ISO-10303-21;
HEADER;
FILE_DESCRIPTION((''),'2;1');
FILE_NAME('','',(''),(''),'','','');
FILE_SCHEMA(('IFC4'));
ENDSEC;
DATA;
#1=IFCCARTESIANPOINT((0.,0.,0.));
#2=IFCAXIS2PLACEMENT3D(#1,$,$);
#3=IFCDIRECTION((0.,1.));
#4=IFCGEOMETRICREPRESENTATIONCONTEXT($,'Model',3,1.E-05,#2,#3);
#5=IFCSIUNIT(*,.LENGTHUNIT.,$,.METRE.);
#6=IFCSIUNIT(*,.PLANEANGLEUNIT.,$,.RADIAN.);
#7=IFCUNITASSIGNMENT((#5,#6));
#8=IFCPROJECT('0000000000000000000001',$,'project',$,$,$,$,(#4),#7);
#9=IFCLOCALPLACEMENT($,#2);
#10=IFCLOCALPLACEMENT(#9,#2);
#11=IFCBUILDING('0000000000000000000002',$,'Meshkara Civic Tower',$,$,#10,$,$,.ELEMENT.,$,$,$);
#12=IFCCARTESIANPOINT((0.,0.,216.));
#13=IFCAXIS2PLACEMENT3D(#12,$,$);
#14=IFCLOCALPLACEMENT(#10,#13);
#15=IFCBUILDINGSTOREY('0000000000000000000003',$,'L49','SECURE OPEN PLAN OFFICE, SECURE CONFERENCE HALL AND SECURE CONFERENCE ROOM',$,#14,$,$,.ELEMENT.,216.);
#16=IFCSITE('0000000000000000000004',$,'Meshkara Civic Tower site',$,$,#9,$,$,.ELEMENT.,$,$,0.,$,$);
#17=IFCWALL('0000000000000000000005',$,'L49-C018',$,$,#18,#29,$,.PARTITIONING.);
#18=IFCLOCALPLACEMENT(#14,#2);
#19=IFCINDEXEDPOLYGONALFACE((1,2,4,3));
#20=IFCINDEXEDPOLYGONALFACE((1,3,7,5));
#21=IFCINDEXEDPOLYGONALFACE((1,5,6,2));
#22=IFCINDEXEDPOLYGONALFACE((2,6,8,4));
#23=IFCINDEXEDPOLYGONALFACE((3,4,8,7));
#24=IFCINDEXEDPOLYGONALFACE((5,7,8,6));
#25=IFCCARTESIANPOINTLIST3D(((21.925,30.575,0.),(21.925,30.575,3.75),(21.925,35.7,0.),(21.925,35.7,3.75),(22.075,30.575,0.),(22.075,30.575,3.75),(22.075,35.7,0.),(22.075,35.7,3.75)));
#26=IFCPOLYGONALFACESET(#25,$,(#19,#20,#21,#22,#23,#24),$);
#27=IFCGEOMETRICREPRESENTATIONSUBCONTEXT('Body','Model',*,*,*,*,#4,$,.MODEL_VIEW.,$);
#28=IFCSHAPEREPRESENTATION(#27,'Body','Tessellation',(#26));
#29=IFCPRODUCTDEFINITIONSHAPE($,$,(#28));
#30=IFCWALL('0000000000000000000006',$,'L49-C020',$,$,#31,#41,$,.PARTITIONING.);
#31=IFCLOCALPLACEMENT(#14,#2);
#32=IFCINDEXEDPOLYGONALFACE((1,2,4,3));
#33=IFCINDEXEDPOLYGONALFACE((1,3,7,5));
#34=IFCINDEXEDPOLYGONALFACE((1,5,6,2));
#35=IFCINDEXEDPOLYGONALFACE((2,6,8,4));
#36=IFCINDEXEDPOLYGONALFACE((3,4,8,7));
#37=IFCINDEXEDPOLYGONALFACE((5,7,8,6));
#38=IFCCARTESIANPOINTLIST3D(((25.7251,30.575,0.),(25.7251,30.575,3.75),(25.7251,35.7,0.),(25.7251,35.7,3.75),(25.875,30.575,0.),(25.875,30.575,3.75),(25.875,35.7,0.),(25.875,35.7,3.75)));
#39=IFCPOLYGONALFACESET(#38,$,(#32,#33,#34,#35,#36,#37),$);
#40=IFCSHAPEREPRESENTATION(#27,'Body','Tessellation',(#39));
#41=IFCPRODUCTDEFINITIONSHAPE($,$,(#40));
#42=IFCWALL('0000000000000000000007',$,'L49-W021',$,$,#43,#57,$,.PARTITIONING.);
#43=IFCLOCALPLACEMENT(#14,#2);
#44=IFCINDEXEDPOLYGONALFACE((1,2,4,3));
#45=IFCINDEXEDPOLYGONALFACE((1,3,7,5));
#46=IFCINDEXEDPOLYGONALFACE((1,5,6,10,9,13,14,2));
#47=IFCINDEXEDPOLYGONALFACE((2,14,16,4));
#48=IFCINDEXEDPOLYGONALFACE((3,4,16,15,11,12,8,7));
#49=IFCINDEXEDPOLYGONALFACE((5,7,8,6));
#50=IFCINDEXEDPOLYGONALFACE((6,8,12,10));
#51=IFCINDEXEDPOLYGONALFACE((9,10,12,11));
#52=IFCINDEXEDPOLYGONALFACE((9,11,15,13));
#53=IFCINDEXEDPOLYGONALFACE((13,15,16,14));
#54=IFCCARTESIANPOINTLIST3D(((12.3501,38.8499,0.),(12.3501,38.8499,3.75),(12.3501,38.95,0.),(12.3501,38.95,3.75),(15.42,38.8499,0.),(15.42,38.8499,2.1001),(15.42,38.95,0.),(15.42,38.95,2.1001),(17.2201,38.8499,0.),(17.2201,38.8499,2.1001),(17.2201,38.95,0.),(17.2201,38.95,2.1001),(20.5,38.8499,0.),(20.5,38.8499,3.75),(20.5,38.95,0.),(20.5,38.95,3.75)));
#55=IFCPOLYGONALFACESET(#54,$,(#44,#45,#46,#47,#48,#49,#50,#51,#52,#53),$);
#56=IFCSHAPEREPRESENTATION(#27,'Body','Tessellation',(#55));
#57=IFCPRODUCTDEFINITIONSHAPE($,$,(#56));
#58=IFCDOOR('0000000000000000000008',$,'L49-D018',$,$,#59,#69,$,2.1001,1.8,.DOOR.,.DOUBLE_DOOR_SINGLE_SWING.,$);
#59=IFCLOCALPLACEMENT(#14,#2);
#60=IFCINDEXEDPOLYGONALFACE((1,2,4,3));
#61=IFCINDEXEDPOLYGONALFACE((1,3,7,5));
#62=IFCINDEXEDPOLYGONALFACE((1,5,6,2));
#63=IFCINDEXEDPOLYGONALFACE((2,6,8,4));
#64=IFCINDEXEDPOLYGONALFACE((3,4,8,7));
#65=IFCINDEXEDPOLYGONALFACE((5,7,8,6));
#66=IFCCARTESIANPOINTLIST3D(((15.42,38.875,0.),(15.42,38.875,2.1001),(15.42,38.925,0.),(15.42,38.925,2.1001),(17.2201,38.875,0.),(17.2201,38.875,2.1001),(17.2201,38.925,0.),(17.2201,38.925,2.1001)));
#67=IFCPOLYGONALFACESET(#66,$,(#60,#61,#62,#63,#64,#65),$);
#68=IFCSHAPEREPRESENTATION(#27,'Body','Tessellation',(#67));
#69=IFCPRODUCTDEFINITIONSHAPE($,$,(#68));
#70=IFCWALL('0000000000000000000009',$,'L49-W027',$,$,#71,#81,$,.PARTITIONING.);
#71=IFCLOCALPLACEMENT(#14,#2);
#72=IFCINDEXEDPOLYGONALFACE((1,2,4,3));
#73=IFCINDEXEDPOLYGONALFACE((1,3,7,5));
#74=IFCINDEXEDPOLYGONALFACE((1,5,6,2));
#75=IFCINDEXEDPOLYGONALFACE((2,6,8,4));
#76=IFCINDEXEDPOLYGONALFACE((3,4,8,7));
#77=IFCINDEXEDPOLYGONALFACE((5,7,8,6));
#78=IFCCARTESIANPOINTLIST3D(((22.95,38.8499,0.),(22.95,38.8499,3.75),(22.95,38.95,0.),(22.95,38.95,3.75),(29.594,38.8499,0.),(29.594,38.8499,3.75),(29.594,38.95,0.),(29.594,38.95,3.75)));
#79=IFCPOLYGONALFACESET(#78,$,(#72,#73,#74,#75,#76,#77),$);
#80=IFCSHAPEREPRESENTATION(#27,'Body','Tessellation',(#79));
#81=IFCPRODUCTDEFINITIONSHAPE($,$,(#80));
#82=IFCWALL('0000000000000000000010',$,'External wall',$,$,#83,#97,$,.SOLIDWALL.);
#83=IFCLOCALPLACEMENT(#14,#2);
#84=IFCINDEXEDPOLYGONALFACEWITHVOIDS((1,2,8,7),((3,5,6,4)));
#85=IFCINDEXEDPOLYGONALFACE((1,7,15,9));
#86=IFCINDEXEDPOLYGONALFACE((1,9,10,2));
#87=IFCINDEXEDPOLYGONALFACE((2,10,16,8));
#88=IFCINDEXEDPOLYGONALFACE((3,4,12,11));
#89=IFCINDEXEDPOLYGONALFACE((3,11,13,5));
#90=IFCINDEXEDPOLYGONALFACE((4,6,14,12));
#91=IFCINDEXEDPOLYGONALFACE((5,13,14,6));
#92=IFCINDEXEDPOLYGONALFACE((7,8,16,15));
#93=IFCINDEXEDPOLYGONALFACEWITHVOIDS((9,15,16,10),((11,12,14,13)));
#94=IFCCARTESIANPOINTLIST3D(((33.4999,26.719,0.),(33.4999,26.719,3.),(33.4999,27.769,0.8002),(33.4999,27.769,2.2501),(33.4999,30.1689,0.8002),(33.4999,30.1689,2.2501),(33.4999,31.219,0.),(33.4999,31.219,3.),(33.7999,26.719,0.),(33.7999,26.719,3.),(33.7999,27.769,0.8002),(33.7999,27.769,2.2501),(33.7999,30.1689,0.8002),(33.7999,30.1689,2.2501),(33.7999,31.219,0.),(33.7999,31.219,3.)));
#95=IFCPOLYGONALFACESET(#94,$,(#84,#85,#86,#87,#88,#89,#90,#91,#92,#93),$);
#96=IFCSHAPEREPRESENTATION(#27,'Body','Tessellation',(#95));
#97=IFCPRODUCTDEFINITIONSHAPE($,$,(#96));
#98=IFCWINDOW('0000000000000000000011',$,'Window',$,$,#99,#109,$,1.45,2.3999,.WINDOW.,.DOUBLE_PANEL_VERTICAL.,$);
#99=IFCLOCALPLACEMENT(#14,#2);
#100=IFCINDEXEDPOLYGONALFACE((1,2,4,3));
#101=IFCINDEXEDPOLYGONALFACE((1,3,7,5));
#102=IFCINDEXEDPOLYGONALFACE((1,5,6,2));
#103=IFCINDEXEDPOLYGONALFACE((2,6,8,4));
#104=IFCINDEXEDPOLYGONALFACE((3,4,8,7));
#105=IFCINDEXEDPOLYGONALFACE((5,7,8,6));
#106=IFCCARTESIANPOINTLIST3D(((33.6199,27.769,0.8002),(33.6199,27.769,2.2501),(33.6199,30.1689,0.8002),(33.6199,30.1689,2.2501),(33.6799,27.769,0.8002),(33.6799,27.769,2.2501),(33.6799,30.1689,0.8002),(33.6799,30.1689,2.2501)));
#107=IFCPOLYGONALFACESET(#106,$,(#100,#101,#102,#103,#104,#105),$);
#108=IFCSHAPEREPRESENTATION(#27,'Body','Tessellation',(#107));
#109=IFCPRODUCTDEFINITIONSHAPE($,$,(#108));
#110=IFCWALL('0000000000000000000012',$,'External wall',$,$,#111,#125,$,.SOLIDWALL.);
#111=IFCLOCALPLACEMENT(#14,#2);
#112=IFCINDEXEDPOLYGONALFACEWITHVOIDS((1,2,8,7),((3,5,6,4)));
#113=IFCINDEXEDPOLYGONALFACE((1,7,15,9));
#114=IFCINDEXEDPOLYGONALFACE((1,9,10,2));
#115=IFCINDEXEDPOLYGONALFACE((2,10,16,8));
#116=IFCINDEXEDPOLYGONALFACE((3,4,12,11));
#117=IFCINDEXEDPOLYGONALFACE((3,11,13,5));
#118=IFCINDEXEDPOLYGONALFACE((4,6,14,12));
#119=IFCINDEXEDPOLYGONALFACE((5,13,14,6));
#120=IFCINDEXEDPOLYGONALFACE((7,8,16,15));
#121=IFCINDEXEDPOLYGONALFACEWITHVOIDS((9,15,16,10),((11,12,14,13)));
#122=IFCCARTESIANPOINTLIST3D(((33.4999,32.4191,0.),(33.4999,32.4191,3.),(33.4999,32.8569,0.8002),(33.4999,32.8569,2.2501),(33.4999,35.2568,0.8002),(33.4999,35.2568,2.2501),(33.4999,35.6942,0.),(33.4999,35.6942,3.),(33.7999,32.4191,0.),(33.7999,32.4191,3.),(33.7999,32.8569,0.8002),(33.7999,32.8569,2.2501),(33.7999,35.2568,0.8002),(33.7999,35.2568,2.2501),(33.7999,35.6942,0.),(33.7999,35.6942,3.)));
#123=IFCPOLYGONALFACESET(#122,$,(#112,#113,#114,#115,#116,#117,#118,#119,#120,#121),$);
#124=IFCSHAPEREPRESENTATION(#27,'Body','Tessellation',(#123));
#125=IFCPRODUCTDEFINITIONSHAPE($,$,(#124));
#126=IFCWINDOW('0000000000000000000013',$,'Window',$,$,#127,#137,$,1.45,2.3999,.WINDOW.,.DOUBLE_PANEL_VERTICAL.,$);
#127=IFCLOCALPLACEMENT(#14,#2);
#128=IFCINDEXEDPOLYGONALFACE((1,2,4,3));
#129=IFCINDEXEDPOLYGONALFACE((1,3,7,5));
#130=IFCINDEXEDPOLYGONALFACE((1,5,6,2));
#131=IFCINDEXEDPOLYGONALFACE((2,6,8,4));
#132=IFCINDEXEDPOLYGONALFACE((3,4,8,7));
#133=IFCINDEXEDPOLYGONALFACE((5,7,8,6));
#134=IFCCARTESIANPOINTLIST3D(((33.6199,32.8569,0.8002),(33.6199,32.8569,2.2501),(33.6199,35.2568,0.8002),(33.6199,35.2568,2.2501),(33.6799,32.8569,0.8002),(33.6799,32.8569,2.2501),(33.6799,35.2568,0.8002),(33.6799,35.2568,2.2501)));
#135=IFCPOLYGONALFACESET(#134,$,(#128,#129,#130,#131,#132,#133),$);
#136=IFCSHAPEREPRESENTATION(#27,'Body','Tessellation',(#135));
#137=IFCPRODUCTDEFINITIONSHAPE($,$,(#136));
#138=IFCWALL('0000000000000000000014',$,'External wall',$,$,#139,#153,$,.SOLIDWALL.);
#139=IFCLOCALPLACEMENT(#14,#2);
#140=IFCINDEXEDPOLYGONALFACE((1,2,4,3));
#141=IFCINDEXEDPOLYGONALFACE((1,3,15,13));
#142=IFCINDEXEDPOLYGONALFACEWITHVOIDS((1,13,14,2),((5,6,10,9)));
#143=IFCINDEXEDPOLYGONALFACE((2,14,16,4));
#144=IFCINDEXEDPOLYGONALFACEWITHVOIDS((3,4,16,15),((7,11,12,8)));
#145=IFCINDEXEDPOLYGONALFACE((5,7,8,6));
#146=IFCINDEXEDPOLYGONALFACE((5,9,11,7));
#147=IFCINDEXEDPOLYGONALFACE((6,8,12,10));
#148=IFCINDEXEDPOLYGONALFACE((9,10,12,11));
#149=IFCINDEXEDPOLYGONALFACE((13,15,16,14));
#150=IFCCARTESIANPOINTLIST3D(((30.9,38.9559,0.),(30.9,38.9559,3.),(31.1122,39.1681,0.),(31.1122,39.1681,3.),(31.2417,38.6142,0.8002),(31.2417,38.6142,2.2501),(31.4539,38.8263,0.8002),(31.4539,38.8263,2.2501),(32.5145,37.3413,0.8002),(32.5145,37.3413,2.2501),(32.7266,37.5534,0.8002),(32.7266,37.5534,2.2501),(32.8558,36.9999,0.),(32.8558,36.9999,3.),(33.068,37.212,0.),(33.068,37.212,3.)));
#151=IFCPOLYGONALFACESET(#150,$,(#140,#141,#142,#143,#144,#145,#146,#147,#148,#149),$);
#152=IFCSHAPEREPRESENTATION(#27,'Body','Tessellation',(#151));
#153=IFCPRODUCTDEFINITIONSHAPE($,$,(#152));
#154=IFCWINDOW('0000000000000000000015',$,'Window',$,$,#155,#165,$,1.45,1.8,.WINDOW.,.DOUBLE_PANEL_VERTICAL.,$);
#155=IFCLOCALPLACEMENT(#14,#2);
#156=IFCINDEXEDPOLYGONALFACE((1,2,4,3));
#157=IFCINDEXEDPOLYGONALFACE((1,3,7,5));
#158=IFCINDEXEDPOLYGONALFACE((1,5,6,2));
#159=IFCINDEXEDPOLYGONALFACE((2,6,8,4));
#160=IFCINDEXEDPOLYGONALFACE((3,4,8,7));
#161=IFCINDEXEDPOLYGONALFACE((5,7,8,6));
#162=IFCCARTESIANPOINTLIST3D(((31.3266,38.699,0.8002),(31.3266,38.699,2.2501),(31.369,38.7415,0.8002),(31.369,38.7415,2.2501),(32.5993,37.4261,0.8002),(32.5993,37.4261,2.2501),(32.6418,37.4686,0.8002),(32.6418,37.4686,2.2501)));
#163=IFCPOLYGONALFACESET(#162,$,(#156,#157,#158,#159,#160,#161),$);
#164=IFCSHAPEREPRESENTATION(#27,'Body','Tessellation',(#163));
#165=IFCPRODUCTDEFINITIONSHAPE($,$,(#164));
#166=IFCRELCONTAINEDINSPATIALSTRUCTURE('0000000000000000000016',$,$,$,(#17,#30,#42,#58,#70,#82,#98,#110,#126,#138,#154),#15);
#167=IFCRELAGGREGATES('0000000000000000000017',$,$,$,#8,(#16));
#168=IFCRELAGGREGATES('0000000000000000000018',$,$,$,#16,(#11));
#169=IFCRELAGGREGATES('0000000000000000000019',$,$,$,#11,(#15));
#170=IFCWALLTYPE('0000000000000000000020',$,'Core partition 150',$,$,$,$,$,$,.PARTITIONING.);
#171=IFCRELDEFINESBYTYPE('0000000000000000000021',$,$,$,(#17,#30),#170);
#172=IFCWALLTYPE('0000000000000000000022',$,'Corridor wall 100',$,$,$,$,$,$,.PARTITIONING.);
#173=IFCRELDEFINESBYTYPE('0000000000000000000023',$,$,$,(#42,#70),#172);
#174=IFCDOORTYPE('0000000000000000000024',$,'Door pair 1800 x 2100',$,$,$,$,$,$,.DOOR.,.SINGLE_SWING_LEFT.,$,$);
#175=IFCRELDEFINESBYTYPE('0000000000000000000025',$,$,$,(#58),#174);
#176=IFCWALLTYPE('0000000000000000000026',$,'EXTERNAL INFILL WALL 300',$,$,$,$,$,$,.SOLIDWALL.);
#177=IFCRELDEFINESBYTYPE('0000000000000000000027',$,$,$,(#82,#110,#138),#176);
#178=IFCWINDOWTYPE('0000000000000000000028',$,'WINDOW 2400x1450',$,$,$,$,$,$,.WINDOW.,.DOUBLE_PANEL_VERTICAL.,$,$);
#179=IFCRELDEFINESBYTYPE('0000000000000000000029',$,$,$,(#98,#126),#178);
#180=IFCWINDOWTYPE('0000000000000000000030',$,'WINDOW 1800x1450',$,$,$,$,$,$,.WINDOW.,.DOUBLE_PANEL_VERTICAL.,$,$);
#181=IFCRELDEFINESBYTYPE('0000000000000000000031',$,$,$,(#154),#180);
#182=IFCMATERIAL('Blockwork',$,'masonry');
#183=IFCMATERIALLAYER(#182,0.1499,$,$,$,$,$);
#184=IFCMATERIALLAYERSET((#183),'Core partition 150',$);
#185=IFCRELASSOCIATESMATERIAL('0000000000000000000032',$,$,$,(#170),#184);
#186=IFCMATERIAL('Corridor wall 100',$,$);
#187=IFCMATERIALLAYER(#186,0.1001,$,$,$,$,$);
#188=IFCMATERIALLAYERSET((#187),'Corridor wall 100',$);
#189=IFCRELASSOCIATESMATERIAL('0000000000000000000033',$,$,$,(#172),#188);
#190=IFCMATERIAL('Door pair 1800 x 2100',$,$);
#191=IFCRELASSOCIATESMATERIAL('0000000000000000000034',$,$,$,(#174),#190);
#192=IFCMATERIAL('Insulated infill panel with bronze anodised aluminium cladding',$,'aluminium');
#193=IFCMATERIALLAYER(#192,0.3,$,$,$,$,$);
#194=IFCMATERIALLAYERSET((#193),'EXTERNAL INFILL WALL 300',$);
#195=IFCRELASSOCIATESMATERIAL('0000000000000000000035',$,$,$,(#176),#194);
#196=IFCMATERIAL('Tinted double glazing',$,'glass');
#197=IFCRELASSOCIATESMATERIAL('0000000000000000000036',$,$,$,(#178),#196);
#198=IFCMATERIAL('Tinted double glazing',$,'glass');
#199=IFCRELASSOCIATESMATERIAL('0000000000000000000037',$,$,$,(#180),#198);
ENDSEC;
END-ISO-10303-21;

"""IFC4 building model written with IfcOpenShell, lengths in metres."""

from ifc_helpers import new_model, si_unit, direction, frame, frame_2d, origin, place, context, subcontext, project, spatial, rectangle, extrude, material, layer, layer_set, type_object, element, fill, save


model = new_model("IFC4")

# Units and contexts
model_context = context("Model", 3, precision=1e-05, world=origin(), true_north=direction((0.0, 1.0)))
body_context = subcontext(model_context, "Body", "Model", "MODEL_VIEW")
ifc_project = project(units=[si_unit("LENGTHUNIT", "METRE"), si_unit("PLANEANGLEUNIT", "RADIAN")], contexts=[model_context])

# Site, building, storey
site_placement = place(None, origin())
site = spatial("IfcSite", under=ifc_project, at=site_placement, Name="Meshkara Civic Tower site", CompositionType="ELEMENT", RefElevation=0.0)
building_placement = place(site_placement, origin())
building = spatial("IfcBuilding", under=site, at=building_placement, Name="Meshkara Civic Tower", CompositionType="ELEMENT")
storey_placement = place(building_placement, frame((0.0, 0.0, 216.0)))
storey = spatial("IfcBuildingStorey", under=building, at=storey_placement, Name="L49", Description="SECURE OPEN PLAN OFFICE, SECURE CONFERENCE HALL AND SECURE CONFERENCE ROOM", CompositionType="ELEMENT", Elevation=216.0)

# Shared definitions
ifc_material_1 = material(Name="Blockwork", Category="masonry")
ifc_layer_1 = layer(ifc_material_1, 0.1499)
ifc_layer_set_1 = layer_set([ifc_layer_1], Name="Core partition 150")
wall_type_1 = type_object("IfcWallType", Name="Core partition 150", PredefinedType="PARTITIONING", material=ifc_layer_set_1)

# Walls
for number, where, z_axis, x_axis, name in (
    (1, (22.0, 30.575, 0.0), (0.0, 0.0, 1.0), (0.0, 1.0, 0.0), "L49-C018"),
    (2, (25.8, 30.575, 0.0), (0.0, 0.0, 1.0), (0.0, 1.0, 0.0), "L49-C020"),
):
    element("IfcWall", number, at=place(storey_placement, frame(where, z_axis=z_axis, x_axis=x_axis)), inside=storey, type_object=wall_type_1, Name=name, PredefinedType="PARTITIONING", context=body_context, shape_type="SweptSolid", body=[
        extrude(rectangle(XDim=5.125, YDim=0.1499, at=frame_2d((2.5625, 0.0))), origin(), (0.0, 0.0, 1.0), 3.75),
    ])

# Wall, opening, door
ifc_material_2 = material(Name="Corridor wall 100")
ifc_layer_2 = layer(ifc_material_2, 0.1001)
ifc_layer_set_2 = layer_set([ifc_layer_2], Name="Corridor wall 100")
wall_type_2 = type_object("IfcWallType", Name="Corridor wall 100", PredefinedType="PARTITIONING", material=ifc_layer_set_2)
wall_1_placement = place(storey_placement, frame((20.5, 38.8999, 0.0), z_axis=(0.0, 0.0, 1.0), x_axis=(-1.0, 0.0, 0.0)))
wall_1 = element("IfcWall", 3, at=wall_1_placement, inside=storey, type_object=wall_type_2, Name="L49-W021", PredefinedType="PARTITIONING", context=body_context, shape_type="SweptSolid", body=[
    extrude(rectangle(XDim=8.1499, YDim=0.1001, at=frame_2d((4.075, 0.0))), origin(), (0.0, 0.0, 1.0), 3.75),
])
opening_1_placement = place(wall_1_placement, frame((3.28, 0.0, 0.0)))
opening_1 = element("IfcOpeningElement", 4, at=opening_1_placement, cuts=wall_1, PredefinedType="OPENING", context=body_context, shape_type="SweptSolid", body=[
    extrude(rectangle(XDim=1.8, YDim=2.1001, at=frame_2d((0.8999, 1.05))), frame((0.0, 0.0601, 0.0), z_axis=(0.0, -1.0, 0.0), x_axis=(1.0, 0.0, 0.0)), (0.0, 0.0, 1.0), 0.1201),
])
ifc_material_3 = material(Name="Door pair 1800 x 2100")
door_type_1 = type_object("IfcDoorType", Name="Door pair 1800 x 2100", OperationType="SINGLE_SWING_LEFT", PredefinedType="DOOR", material=ifc_material_3)
door_1_placement = place(opening_1_placement, origin())
door_1 = element("IfcDoor", 5, at=door_1_placement, inside=storey, type_object=door_type_1, Name="L49-D018", OperationType="DOUBLE_DOOR_SINGLE_SWING", OverallHeight=2.1001, OverallWidth=1.8, PredefinedType="DOOR", context=body_context, shape_type="SweptSolid", body=[
    extrude(rectangle(XDim=1.8, YDim=2.1001, at=frame_2d((0.8999, 1.05))), frame((0.0, 0.0249, 0.0), z_axis=(0.0, -1.0, 0.0), x_axis=(1.0, 0.0, 0.0)), (0.0, 0.0, 1.0), 0.05),
])
fill(opening_1, door_1)

# Wall
wall_2_placement = place(storey_placement, frame((29.594, 38.8999, 0.0), z_axis=(0.0, 0.0, 1.0), x_axis=(-1.0, 0.0, 0.0)))
element("IfcWall", 6, at=wall_2_placement, inside=storey, type_object=wall_type_2, Name="L49-W027", PredefinedType="PARTITIONING", context=body_context, shape_type="SweptSolid", body=[
    extrude(rectangle(XDim=6.644, YDim=0.1001, at=frame_2d((3.322, 0.0))), origin(), (0.0, 0.0, 1.0), 3.75),
])

# Walls, openings, windows
ifc_material_4 = material(Name="Insulated infill panel with bronze anodised aluminium cladding", Category="aluminium")
ifc_layer_3 = layer(ifc_material_4, 0.3)
ifc_layer_set_3 = layer_set([ifc_layer_3], Name="EXTERNAL INFILL WALL 300")
wall_type_3 = type_object("IfcWallType", Name="EXTERNAL INFILL WALL 300", PredefinedType="SOLIDWALL", material=ifc_layer_set_3)
wall_3_placement = place(storey_placement, frame((33.6499, 26.719, 0.0), z_axis=(0.0, 0.0, 1.0), x_axis=(0.0, 1.0, 0.0)))
wall_3 = element("IfcWall", 7, at=wall_3_placement, inside=storey, type_object=wall_type_3, Name="External wall", PredefinedType="SOLIDWALL", context=body_context, shape_type="SweptSolid", body=[
    extrude(rectangle(XDim=4.5, YDim=0.3, at=frame_2d((2.25, 0.0))), origin(), (0.0, 0.0, 1.0), 3.0),
])
opening_2_placement = place(wall_3_placement, frame((1.05, 0.0, 0.8)))
opening_2 = element("IfcOpeningElement", 8, at=opening_2_placement, cuts=wall_3, PredefinedType="OPENING", context=body_context, shape_type="SweptSolid", body=[
    extrude(rectangle(XDim=2.3999, YDim=1.45, at=frame_2d((1.2, 0.7251))), frame((0.0, 0.1599, 0.0), z_axis=(0.0, -1.0, 0.0), x_axis=(1.0, 0.0, 0.0)), (0.0, 0.0, 1.0), 0.3201),
])
ifc_material_5 = material(Name="Tinted double glazing", Category="glass")
window_type_1 = type_object("IfcWindowType", Name="WINDOW 2400x1450", PartitioningType="DOUBLE_PANEL_VERTICAL", PredefinedType="WINDOW", material=ifc_material_5)
window_1_placement = place(opening_2_placement, origin())
window_1 = element("IfcWindow", 9, at=window_1_placement, inside=storey, type_object=window_type_1, Name="Window", OverallHeight=1.45, OverallWidth=2.3999, PartitioningType="DOUBLE_PANEL_VERTICAL", PredefinedType="WINDOW", context=body_context, shape_type="SweptSolid", body=[
    extrude(rectangle(XDim=2.3999, YDim=1.45, at=frame_2d((1.2, 0.7251))), frame((0.0, 0.03, 0.0), z_axis=(0.0, -1.0, 0.0), x_axis=(1.0, 0.0, 0.0)), (0.0, 0.0, 1.0), 0.0601),
])
fill(opening_2, window_1)
wall_4_placement = place(storey_placement, frame((33.6499, 32.4189, 0.0), z_axis=(0.0, 0.0, 1.0), x_axis=(0.0, 1.0, 0.0)))
wall_4 = element("IfcWall", 10, at=wall_4_placement, inside=storey, type_object=wall_type_3, Name="External wall", PredefinedType="SOLIDWALL", context=body_context, shape_type="SweptSolid", body=[
    extrude(rectangle(XDim=3.2751, YDim=0.3, at=frame_2d((1.6377, 0.0))), origin(), (0.0, 0.0, 1.0), 3.0),
])
opening_3_placement = place(wall_4_placement, frame((0.438, 0.0, 0.8)))
opening_3 = element("IfcOpeningElement", 11, at=opening_3_placement, cuts=wall_4, PredefinedType="OPENING", context=body_context, shape_type="SweptSolid", body=[
    extrude(rectangle(XDim=2.3999, YDim=1.45, at=frame_2d((1.2, 0.7251))), frame((0.0, 0.1599, 0.0), z_axis=(0.0, -1.0, 0.0), x_axis=(1.0, 0.0, 0.0)), (0.0, 0.0, 1.0), 0.3201),
])
window_2_placement = place(opening_3_placement, origin())
window_2 = element("IfcWindow", 12, at=window_2_placement, inside=storey, type_object=window_type_1, Name="Window", OverallHeight=1.45, OverallWidth=2.3999, PartitioningType="DOUBLE_PANEL_VERTICAL", PredefinedType="WINDOW", context=body_context, shape_type="SweptSolid", body=[
    extrude(rectangle(XDim=2.3999, YDim=1.45, at=frame_2d((1.2, 0.7251))), frame((0.0, 0.03, 0.0), z_axis=(0.0, -1.0, 0.0), x_axis=(1.0, 0.0, 0.0)), (0.0, 0.0, 1.0), 0.0601),
])
fill(opening_3, window_2)
wall_5_placement = place(storey_placement, frame((32.9619, 37.106, 0.0), z_axis=(0.0, 0.0, 1.0), x_axis=(-0.707063, 0.707151, 0.0)))
wall_5 = element("IfcWall", 13, at=wall_5_placement, inside=storey, type_object=wall_type_3, Name="External wall", PredefinedType="SOLIDWALL", context=body_context, shape_type="SweptSolid", body=[
    extrude(rectangle(XDim=2.7661, YDim=0.3, at=frame_2d((1.3831, 0.0))), origin(), (0.0, 0.0, 1.0), 3.0),
])
opening_4_placement = place(wall_5_placement, frame((0.4829, 0.0, 0.8)))
opening_4 = element("IfcOpeningElement", 14, at=opening_4_placement, cuts=wall_5, PredefinedType="OPENING", context=body_context, shape_type="SweptSolid", body=[
    extrude(rectangle(XDim=1.8, YDim=1.45, at=frame_2d((0.8999, 0.7251))), frame((0.0, 0.1599, 0.0), z_axis=(0.0, -1.0, 0.0), x_axis=(1.0, 0.0, 0.0)), (0.0, 0.0, 1.0), 0.3201),
])
ifc_material_6 = material(Name="Tinted double glazing", Category="glass")
window_type_2 = type_object("IfcWindowType", Name="WINDOW 1800x1450", PartitioningType="DOUBLE_PANEL_VERTICAL", PredefinedType="WINDOW", material=ifc_material_6)
window_3_placement = place(opening_4_placement, origin())
window_3 = element("IfcWindow", 15, at=window_3_placement, inside=storey, type_object=window_type_2, Name="Window", OverallHeight=1.45, OverallWidth=1.8, PartitioningType="DOUBLE_PANEL_VERTICAL", PredefinedType="WINDOW", context=body_context, shape_type="SweptSolid", body=[
    extrude(rectangle(XDim=1.8, YDim=1.45, at=frame_2d((0.8999, 0.7251))), frame((0.0, 0.03, 0.0), z_axis=(0.0, -1.0, 0.0), x_axis=(1.0, 0.0, 0.0)), (0.0, 0.0, 1.0), 0.0601),
])
fill(opening_4, window_3)

save(model, "model.ifc")
